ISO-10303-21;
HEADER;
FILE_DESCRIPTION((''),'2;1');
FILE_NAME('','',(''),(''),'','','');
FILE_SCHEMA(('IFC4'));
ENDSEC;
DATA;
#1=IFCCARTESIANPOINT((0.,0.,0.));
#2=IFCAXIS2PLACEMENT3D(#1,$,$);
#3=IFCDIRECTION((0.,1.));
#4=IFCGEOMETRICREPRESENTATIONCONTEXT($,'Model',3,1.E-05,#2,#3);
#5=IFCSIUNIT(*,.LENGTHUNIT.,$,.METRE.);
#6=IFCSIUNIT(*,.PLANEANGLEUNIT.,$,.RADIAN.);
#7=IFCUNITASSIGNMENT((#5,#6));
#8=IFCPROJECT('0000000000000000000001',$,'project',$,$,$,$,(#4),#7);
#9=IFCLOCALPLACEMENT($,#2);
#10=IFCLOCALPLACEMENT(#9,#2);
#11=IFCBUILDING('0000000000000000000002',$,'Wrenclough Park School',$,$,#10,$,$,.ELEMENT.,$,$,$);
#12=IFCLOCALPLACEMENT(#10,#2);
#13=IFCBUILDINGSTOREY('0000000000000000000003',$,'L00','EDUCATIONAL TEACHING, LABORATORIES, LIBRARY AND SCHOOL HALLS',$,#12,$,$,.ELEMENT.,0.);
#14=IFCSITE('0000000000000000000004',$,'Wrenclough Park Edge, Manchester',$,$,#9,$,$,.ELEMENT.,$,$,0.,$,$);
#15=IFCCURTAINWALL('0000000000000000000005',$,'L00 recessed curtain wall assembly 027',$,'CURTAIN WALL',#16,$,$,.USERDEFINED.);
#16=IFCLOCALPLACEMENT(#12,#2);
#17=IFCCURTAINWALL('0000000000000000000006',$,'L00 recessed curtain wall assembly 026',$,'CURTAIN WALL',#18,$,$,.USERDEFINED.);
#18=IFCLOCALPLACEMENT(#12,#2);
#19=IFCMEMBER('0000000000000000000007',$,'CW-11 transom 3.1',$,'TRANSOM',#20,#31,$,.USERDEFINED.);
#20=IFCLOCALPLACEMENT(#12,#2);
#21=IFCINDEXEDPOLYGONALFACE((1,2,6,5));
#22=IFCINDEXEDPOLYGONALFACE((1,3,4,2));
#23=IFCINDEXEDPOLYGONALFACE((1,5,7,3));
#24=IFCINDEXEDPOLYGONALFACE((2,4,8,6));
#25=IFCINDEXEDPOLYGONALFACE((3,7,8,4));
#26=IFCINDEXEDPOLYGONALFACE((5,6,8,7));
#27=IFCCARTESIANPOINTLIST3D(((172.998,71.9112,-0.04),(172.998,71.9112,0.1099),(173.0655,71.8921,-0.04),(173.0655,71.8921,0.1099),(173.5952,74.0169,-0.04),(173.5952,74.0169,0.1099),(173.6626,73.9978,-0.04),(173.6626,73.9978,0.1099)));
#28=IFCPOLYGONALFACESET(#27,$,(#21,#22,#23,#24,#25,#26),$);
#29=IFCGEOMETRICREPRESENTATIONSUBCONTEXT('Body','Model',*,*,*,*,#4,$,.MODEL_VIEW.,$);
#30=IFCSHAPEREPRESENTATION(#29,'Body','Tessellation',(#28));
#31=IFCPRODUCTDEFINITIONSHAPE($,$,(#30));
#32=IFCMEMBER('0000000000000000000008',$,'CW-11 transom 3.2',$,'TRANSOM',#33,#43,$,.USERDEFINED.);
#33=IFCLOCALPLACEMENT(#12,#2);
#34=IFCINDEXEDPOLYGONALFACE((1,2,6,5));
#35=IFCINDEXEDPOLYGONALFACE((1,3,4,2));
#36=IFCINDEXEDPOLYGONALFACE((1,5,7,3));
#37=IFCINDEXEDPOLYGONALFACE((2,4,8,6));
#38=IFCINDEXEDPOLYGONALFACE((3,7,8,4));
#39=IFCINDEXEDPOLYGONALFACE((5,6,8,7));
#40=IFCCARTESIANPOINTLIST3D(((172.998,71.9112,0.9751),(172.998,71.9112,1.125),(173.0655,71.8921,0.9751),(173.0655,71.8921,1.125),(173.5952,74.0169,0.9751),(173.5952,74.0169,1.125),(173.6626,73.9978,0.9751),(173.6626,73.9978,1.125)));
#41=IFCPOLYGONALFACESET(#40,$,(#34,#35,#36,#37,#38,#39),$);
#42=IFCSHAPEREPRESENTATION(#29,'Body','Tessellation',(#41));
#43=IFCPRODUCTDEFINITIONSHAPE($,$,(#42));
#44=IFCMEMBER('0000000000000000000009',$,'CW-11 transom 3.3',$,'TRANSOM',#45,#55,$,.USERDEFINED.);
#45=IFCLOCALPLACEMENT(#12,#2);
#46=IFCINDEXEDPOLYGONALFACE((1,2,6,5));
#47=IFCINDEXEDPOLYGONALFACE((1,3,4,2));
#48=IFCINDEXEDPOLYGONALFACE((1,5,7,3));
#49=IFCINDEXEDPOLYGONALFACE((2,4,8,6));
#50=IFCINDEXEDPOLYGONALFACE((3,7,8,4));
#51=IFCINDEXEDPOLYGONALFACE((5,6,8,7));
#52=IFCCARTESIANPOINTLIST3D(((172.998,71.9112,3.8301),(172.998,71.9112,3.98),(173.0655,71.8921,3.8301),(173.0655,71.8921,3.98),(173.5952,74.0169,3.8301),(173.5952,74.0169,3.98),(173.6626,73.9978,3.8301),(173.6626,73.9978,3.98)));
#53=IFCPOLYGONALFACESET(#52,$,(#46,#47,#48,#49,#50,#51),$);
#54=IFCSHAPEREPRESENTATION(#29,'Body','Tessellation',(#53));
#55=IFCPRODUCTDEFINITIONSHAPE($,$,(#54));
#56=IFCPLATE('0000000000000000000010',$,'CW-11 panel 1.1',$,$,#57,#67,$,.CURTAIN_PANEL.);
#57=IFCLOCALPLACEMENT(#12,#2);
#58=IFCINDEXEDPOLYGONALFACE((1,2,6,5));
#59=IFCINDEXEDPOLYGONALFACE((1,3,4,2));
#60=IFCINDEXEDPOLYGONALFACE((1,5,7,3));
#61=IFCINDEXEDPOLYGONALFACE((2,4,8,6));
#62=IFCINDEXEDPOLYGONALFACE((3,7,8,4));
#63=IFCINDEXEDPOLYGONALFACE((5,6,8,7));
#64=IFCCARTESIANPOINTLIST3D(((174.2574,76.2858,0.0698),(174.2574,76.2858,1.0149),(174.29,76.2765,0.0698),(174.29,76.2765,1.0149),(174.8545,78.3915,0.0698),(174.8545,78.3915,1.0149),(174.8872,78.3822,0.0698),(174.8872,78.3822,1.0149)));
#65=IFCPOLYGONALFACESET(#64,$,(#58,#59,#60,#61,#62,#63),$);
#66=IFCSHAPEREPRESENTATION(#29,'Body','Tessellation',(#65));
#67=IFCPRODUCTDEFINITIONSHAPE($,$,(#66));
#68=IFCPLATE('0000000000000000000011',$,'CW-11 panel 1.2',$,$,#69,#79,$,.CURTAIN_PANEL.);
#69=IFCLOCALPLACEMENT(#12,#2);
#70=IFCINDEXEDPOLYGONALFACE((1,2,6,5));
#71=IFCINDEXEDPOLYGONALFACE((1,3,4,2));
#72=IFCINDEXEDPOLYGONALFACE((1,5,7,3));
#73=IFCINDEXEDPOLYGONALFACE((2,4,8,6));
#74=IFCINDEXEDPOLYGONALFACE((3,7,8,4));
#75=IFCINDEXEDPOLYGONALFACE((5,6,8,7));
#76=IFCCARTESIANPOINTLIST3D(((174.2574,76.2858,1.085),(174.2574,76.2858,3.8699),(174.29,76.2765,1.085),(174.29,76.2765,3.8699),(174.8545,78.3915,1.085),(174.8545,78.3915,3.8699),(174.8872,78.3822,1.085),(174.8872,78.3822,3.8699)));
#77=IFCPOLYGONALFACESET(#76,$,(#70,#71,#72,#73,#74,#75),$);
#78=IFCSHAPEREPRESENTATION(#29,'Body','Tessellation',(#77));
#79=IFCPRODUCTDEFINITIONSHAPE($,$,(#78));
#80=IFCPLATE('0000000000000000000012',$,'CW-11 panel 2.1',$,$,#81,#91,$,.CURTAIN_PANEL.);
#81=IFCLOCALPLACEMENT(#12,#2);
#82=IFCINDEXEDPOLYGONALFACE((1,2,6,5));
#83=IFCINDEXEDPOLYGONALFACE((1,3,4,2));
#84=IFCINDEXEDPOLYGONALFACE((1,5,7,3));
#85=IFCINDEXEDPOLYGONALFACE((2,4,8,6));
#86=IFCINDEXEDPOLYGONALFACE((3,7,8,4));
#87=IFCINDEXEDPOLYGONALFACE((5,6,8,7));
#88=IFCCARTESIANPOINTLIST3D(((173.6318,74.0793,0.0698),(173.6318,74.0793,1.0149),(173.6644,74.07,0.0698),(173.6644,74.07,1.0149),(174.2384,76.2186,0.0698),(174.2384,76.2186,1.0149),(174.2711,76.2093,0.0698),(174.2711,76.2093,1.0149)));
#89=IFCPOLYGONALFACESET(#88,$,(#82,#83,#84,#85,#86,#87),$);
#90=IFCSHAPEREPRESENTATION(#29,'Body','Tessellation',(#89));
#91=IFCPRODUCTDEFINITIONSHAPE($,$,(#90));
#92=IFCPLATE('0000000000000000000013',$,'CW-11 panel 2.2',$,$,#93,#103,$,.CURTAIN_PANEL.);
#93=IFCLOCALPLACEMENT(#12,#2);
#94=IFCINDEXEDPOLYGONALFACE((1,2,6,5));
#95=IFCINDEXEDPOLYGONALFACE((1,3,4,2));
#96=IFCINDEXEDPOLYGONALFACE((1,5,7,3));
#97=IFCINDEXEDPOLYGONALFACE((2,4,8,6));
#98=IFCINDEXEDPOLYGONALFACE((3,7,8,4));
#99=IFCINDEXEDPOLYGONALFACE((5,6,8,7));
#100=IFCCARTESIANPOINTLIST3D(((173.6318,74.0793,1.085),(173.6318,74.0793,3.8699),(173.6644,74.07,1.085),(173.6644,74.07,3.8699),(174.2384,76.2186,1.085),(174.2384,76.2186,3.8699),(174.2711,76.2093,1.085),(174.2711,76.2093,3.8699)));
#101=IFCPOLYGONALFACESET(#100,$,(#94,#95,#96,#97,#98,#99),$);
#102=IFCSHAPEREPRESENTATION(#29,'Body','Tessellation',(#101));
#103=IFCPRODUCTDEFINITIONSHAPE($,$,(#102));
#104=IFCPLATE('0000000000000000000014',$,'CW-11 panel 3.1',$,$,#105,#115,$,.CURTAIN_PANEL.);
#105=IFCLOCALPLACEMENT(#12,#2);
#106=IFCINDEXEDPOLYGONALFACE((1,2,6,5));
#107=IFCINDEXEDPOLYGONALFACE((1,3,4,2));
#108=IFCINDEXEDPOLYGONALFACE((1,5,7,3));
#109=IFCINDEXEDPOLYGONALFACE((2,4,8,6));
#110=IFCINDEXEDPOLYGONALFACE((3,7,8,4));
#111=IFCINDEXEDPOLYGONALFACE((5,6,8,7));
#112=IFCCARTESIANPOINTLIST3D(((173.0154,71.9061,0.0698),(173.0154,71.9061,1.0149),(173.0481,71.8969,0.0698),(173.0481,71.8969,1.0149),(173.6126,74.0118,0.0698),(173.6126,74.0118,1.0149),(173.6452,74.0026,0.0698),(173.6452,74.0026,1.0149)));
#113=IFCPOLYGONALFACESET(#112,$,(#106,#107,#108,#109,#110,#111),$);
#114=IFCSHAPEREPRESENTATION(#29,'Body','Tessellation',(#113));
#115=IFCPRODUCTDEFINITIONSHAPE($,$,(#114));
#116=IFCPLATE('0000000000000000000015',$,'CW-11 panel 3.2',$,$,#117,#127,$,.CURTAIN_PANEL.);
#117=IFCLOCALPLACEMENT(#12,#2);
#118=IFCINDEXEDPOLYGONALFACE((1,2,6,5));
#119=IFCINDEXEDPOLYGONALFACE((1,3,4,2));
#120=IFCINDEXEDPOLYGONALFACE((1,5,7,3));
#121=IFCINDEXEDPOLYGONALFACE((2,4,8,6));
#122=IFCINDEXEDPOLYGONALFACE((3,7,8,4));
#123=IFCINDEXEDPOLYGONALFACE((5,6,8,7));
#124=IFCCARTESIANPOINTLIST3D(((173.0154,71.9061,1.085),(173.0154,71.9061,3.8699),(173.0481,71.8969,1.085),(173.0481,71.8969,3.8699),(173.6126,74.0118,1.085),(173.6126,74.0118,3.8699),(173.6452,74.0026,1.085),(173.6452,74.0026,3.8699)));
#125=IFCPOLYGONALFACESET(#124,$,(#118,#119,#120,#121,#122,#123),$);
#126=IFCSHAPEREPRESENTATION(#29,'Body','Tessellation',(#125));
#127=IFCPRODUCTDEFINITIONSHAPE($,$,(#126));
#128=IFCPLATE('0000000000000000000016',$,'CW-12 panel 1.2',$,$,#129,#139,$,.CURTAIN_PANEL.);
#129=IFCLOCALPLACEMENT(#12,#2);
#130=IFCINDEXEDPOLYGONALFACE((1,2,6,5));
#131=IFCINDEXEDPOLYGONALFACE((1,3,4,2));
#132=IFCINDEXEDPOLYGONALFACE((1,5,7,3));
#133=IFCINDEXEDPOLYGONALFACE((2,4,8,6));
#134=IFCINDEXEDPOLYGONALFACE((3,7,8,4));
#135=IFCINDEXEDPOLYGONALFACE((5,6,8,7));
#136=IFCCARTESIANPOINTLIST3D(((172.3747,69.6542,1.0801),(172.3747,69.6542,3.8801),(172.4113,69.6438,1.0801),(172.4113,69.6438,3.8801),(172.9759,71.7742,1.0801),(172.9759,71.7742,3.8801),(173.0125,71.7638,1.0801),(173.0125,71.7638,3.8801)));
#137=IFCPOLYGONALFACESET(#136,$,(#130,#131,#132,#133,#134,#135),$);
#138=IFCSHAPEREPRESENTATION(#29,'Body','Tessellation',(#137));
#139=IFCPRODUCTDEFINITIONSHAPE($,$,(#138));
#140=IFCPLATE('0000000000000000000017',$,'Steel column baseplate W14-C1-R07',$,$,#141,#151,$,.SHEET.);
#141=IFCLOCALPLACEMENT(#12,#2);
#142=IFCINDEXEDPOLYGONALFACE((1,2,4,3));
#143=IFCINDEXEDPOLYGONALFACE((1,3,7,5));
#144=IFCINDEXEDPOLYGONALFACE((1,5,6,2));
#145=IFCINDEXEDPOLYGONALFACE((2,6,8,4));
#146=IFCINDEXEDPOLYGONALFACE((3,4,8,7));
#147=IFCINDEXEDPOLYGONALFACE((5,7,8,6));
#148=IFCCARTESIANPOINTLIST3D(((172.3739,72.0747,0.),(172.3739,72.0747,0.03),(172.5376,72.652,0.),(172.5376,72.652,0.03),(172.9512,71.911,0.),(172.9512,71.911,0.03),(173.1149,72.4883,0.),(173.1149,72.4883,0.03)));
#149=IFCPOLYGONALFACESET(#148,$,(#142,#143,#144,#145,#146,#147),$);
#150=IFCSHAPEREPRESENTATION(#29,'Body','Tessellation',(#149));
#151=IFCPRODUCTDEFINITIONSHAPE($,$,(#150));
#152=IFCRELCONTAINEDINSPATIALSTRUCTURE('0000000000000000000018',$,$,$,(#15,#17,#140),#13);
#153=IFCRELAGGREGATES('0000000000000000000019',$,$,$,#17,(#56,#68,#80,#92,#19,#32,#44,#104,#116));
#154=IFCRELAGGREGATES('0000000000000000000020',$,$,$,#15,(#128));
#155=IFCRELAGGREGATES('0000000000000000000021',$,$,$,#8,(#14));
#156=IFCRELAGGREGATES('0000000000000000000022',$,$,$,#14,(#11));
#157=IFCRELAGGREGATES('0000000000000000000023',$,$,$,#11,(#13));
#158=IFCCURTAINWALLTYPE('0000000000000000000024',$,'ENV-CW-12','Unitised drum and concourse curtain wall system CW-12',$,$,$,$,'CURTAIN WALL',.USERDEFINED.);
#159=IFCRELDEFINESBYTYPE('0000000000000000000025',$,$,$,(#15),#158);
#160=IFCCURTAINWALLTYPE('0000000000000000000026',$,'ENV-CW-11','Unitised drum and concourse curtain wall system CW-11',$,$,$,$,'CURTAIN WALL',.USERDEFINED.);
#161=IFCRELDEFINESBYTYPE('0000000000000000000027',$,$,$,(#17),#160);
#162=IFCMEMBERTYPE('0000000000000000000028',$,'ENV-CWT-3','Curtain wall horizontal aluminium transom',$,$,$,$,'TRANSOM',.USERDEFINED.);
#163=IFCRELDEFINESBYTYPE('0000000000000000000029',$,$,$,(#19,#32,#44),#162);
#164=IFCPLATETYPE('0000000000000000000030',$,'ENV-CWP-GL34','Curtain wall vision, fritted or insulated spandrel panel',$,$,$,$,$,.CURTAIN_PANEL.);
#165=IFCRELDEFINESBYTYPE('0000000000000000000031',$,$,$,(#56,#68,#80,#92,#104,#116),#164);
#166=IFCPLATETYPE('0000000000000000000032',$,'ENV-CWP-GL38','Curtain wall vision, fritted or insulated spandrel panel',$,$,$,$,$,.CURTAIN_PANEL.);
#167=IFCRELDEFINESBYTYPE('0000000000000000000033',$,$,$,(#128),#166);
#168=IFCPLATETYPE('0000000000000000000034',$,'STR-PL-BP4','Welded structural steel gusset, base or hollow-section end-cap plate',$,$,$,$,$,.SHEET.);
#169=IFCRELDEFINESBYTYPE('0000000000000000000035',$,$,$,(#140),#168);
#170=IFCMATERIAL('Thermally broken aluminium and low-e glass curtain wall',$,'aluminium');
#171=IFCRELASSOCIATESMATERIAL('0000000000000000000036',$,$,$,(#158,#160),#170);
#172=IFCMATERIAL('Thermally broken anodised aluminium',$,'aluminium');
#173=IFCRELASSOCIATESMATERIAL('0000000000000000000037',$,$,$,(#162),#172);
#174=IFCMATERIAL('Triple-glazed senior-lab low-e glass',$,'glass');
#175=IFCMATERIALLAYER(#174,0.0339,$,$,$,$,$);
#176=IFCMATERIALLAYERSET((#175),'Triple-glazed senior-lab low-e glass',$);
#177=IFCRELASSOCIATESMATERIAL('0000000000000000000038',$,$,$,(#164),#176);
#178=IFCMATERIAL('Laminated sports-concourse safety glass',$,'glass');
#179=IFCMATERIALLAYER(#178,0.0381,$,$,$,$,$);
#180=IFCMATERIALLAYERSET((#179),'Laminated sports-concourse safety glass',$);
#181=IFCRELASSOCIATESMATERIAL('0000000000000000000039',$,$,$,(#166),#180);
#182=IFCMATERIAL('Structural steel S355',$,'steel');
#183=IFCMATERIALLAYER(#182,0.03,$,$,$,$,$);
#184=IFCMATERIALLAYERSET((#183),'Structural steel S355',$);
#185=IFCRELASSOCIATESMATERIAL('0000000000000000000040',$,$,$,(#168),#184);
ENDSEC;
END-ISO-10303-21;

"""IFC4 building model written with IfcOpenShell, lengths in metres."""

from ifc_helpers import new_model, si_unit, direction, frame, origin, origin_2d, place, context, subcontext, project, spatial, rectangle, extrude, material, layer, layer_set, material_profile, profile_set, type_object, element, aggregate, save


model = new_model("IFC4")

# Units and contexts
model_context = context("Model", 3, precision=1e-05, world=origin(), true_north=direction((0.0, 1.0)))
body_context = subcontext(model_context, "Body", "Model", "MODEL_VIEW")
ifc_project = project(units=[si_unit("LENGTHUNIT", "METRE"), si_unit("PLANEANGLEUNIT", "RADIAN")], contexts=[model_context])

# Site, building, storey
site_placement = place(None, origin())
site = spatial("IfcSite", under=ifc_project, at=site_placement, Name="Wrenclough Park Edge, Manchester", CompositionType="ELEMENT", RefElevation=0.0)
building_placement = place(site_placement, origin())
building = spatial("IfcBuilding", under=site, at=building_placement, Name="Wrenclough Park School", CompositionType="ELEMENT")
storey_placement = place(building_placement, origin())
storey = spatial("IfcBuildingStorey", under=building, at=storey_placement, Name="L00", Description="EDUCATIONAL TEACHING, LABORATORIES, LIBRARY AND SCHOOL HALLS", CompositionType="ELEMENT", Elevation=0.0)

# Shared definitions
ifc_material_1 = material(Name="Structural steel S355", Category="steel")

# Curtain wall
ifc_material_2 = material(Name="Thermally broken aluminium and low-e glass curtain wall", Category="aluminium")
curtain_wall_type_1 = type_object("IfcCurtainWallType", Name="ENV-CW-12", Description="Unitised drum and concourse curtain wall system CW-12", ElementType="CURTAIN WALL", PredefinedType="USERDEFINED", material=ifc_material_2)
curtain_wall_1_placement = place(storey_placement, origin())
curtain_wall_1 = element("IfcCurtainWall", 1, at=curtain_wall_1_placement, inside=storey, type_object=curtain_wall_type_1, Name="L00 recessed curtain wall assembly 027", ObjectType="CURTAIN WALL", PredefinedType="USERDEFINED")
ifc_material_3 = material(Name="Thermally broken anodised aluminium", Category="aluminium")

# Curtain wall
curtain_wall_type_2 = type_object("IfcCurtainWallType", Name="ENV-CW-11", Description="Unitised drum and concourse curtain wall system CW-11", ElementType="CURTAIN WALL", PredefinedType="USERDEFINED", material=ifc_material_2)
curtain_wall_2_placement = place(storey_placement, origin())
curtain_wall_2 = element("IfcCurtainWall", 2, at=curtain_wall_2_placement, inside=storey, type_object=curtain_wall_type_2, Name="L00 recessed curtain wall assembly 026", ObjectType="CURTAIN WALL", PredefinedType="USERDEFINED")

# Members
ifc_material_profile_1 = material_profile(ifc_material_3, rectangle(XDim=0.0701, YDim=0.1499, at=origin_2d()), Name="AL TRANSOM 70x150")
ifc_profile_set_1 = profile_set([ifc_material_profile_1], Name="Thermally broken anodised aluminium")
member_type_1 = type_object("IfcMemberType", Name="ENV-CWT-3", Description="Curtain wall horizontal aluminium transom", ElementType="TRANSOM", PredefinedType="USERDEFINED", material=ifc_profile_set_1)
member_1_placement = place(storey_placement, frame((173.6289, 74.0073, 0.0349), z_axis=(-0.272835, -0.962061, 0.0), x_axis=(0.962061, -0.272835, 0.0)))
member_1 = element("IfcMember", 3, at=member_1_placement, type_object=member_type_1, Name="CW-11 transom 3.1", ObjectType="TRANSOM", PredefinedType="USERDEFINED", context=body_context, shape_type="SweptSolid", body=[
    extrude(rectangle(XDim=0.0701, YDim=0.1499, at=origin_2d()), origin(), (0.0, 0.0, 1.0), 2.1887),
])
member_2_placement = place(storey_placement, frame((173.6289, 74.0073, 1.05), z_axis=(-0.272835, -0.962061, 0.0), x_axis=(0.962061, -0.272835, 0.0)))
member_2 = element("IfcMember", 4, at=member_2_placement, type_object=member_type_1, Name="CW-11 transom 3.2", ObjectType="TRANSOM", PredefinedType="USERDEFINED", context=body_context, shape_type="SweptSolid", body=[
    extrude(rectangle(XDim=0.0701, YDim=0.1499, at=origin_2d()), origin(), (0.0, 0.0, 1.0), 2.1887),
])
member_3_placement = place(storey_placement, frame((173.6289, 74.0073, 3.905), z_axis=(-0.272835, -0.962061, 0.0), x_axis=(0.962061, -0.272835, 0.0)))
member_3 = element("IfcMember", 5, at=member_3_placement, type_object=member_type_1, Name="CW-11 transom 3.3", ObjectType="TRANSOM", PredefinedType="USERDEFINED", context=body_context, shape_type="SweptSolid", body=[
    extrude(rectangle(XDim=0.0701, YDim=0.1499, at=origin_2d()), origin(), (0.0, 0.0, 1.0), 2.1887),
])

# Plates
ifc_material_4 = material(Name="Triple-glazed senior-lab low-e glass", Category="glass")
ifc_layer_1 = layer(ifc_material_4, 0.0339)
ifc_layer_set_1 = layer_set([ifc_layer_1], Name="Triple-glazed senior-lab low-e glass")
plate_type_1 = type_object("IfcPlateType", Name="ENV-CWP-GL34", Description="Curtain wall vision, fritted or insulated spandrel panel", PredefinedType="CURTAIN_PANEL", material=ifc_layer_set_1)
plate_1_placement = place(storey_placement, frame((174.5723, 77.334, 0.0698), z_axis=(0.0, 0.0, 1.0), x_axis=(-0.272826, -0.962063, 0.0)))
plate_1 = element("IfcPlate", 6, at=plate_1_placement, type_object=plate_type_1, Name="CW-11 panel 1.1", PredefinedType="CURTAIN_PANEL", context=body_context, shape_type="SweptSolid", body=[
    extrude(rectangle(XDim=2.1887, YDim=0.0339, at=origin_2d()), origin(), (0.0, 0.0, 1.0), 0.9451),
])
plate_2_placement = place(storey_placement, frame((174.5723, 77.334, 1.085), z_axis=(0.0, 0.0, 1.0), x_axis=(-0.272826, -0.962063, 0.0)))
plate_2 = element("IfcPlate", 7, at=plate_2_placement, type_object=plate_type_1, Name="CW-11 panel 1.2", PredefinedType="CURTAIN_PANEL", context=body_context, shape_type="SweptSolid", body=[
    extrude(rectangle(XDim=2.1887, YDim=0.0339, at=origin_2d()), origin(), (0.0, 0.0, 1.0), 2.7849),
])
plate_3_placement = place(storey_placement, frame((173.9514, 75.1443, 0.0698), z_axis=(0.0, 0.0, 1.0), x_axis=(-0.272826, -0.962063, 0.0)))
plate_3 = element("IfcPlate", 8, at=plate_3_placement, type_object=plate_type_1, Name="CW-11 panel 2.1", PredefinedType="CURTAIN_PANEL", context=body_context, shape_type="SweptSolid", body=[
    extrude(rectangle(XDim=2.2236, YDim=0.0339, at=origin_2d()), origin(), (0.0, 0.0, 1.0), 0.9451),
])
plate_4_placement = place(storey_placement, frame((173.9514, 75.1443, 1.085), z_axis=(0.0, 0.0, 1.0), x_axis=(-0.272826, -0.962063, 0.0)))
plate_4 = element("IfcPlate", 9, at=plate_4_placement, type_object=plate_type_1, Name="CW-11 panel 2.2", PredefinedType="CURTAIN_PANEL", context=body_context, shape_type="SweptSolid", body=[
    extrude(rectangle(XDim=2.2236, YDim=0.0339, at=origin_2d()), origin(), (0.0, 0.0, 1.0), 2.7849),
])
plate_5_placement = place(storey_placement, frame((173.3303, 72.9543, 0.0698), z_axis=(0.0, 0.0, 1.0), x_axis=(-0.272826, -0.962063, 0.0)))
plate_5 = element("IfcPlate", 10, at=plate_5_placement, type_object=plate_type_1, Name="CW-11 panel 3.1", PredefinedType="CURTAIN_PANEL", context=body_context, shape_type="SweptSolid", body=[
    extrude(rectangle(XDim=2.1887, YDim=0.0339, at=origin_2d()), origin(), (0.0, 0.0, 1.0), 0.9451),
])
plate_6_placement = place(storey_placement, frame((173.3303, 72.9543, 1.085), z_axis=(0.0, 0.0, 1.0), x_axis=(-0.272826, -0.962063, 0.0)))
plate_6 = element("IfcPlate", 11, at=plate_6_placement, type_object=plate_type_1, Name="CW-11 panel 3.2", PredefinedType="CURTAIN_PANEL", context=body_context, shape_type="SweptSolid", body=[
    extrude(rectangle(XDim=2.1887, YDim=0.0339, at=origin_2d()), origin(), (0.0, 0.0, 1.0), 2.7849),
])
aggregate(curtain_wall_2, [plate_1, plate_2, plate_3, plate_4, member_1, member_2, member_3, plate_5, plate_6])
ifc_material_5 = material(Name="Laminated sports-concourse safety glass", Category="glass")
ifc_layer_2 = layer(ifc_material_5, 0.0381)
ifc_layer_set_2 = layer_set([ifc_layer_2], Name="Laminated sports-concourse safety glass")
plate_type_2 = type_object("IfcPlateType", Name="ENV-CWP-GL38", Description="Curtain wall vision, fritted or insulated spandrel panel", PredefinedType="CURTAIN_PANEL", material=ifc_layer_set_2)
plate_7_placement = place(storey_placement, frame((172.6936, 70.709, 1.0801), z_axis=(0.0, 0.0, 1.0), x_axis=(-0.272809, -0.962068, 0.0)))
plate_7 = element("IfcPlate", 12, at=plate_7_placement, type_object=plate_type_2, Name="CW-12 panel 1.2", PredefinedType="CURTAIN_PANEL", context=body_context, shape_type="SweptSolid", body=[
    extrude(rectangle(XDim=2.2036, YDim=0.0381, at=origin_2d()), origin(), (0.0, 0.0, 1.0), 2.8),
])
aggregate(curtain_wall_1, [plate_7])
ifc_layer_3 = layer(ifc_material_1, 0.03)
ifc_layer_set_3 = layer_set([ifc_layer_3], Name="Structural steel S355")
plate_type_3 = type_object("IfcPlateType", Name="STR-PL-BP4", Description="Welded structural steel gusset, base or hollow-section end-cap plate", PredefinedType="SHEET", material=ifc_layer_set_3)
plate_8_placement = place(storey_placement, frame((172.7444, 72.2815, 0.0), z_axis=(0.0, 0.0, 1.0), x_axis=(0.272784, 0.962075, 0.0)))
element("IfcPlate", 13, at=plate_8_placement, inside=storey, type_object=plate_type_3, Name="Steel column baseplate W14-C1-R07", PredefinedType="SHEET", context=body_context, shape_type="SweptSolid", body=[
    extrude(rectangle(XDim=0.6001, YDim=0.6001, at=origin_2d()), origin(), (0.0, 0.0, 1.0), 0.03),
])

save(model, "model.ifc")
